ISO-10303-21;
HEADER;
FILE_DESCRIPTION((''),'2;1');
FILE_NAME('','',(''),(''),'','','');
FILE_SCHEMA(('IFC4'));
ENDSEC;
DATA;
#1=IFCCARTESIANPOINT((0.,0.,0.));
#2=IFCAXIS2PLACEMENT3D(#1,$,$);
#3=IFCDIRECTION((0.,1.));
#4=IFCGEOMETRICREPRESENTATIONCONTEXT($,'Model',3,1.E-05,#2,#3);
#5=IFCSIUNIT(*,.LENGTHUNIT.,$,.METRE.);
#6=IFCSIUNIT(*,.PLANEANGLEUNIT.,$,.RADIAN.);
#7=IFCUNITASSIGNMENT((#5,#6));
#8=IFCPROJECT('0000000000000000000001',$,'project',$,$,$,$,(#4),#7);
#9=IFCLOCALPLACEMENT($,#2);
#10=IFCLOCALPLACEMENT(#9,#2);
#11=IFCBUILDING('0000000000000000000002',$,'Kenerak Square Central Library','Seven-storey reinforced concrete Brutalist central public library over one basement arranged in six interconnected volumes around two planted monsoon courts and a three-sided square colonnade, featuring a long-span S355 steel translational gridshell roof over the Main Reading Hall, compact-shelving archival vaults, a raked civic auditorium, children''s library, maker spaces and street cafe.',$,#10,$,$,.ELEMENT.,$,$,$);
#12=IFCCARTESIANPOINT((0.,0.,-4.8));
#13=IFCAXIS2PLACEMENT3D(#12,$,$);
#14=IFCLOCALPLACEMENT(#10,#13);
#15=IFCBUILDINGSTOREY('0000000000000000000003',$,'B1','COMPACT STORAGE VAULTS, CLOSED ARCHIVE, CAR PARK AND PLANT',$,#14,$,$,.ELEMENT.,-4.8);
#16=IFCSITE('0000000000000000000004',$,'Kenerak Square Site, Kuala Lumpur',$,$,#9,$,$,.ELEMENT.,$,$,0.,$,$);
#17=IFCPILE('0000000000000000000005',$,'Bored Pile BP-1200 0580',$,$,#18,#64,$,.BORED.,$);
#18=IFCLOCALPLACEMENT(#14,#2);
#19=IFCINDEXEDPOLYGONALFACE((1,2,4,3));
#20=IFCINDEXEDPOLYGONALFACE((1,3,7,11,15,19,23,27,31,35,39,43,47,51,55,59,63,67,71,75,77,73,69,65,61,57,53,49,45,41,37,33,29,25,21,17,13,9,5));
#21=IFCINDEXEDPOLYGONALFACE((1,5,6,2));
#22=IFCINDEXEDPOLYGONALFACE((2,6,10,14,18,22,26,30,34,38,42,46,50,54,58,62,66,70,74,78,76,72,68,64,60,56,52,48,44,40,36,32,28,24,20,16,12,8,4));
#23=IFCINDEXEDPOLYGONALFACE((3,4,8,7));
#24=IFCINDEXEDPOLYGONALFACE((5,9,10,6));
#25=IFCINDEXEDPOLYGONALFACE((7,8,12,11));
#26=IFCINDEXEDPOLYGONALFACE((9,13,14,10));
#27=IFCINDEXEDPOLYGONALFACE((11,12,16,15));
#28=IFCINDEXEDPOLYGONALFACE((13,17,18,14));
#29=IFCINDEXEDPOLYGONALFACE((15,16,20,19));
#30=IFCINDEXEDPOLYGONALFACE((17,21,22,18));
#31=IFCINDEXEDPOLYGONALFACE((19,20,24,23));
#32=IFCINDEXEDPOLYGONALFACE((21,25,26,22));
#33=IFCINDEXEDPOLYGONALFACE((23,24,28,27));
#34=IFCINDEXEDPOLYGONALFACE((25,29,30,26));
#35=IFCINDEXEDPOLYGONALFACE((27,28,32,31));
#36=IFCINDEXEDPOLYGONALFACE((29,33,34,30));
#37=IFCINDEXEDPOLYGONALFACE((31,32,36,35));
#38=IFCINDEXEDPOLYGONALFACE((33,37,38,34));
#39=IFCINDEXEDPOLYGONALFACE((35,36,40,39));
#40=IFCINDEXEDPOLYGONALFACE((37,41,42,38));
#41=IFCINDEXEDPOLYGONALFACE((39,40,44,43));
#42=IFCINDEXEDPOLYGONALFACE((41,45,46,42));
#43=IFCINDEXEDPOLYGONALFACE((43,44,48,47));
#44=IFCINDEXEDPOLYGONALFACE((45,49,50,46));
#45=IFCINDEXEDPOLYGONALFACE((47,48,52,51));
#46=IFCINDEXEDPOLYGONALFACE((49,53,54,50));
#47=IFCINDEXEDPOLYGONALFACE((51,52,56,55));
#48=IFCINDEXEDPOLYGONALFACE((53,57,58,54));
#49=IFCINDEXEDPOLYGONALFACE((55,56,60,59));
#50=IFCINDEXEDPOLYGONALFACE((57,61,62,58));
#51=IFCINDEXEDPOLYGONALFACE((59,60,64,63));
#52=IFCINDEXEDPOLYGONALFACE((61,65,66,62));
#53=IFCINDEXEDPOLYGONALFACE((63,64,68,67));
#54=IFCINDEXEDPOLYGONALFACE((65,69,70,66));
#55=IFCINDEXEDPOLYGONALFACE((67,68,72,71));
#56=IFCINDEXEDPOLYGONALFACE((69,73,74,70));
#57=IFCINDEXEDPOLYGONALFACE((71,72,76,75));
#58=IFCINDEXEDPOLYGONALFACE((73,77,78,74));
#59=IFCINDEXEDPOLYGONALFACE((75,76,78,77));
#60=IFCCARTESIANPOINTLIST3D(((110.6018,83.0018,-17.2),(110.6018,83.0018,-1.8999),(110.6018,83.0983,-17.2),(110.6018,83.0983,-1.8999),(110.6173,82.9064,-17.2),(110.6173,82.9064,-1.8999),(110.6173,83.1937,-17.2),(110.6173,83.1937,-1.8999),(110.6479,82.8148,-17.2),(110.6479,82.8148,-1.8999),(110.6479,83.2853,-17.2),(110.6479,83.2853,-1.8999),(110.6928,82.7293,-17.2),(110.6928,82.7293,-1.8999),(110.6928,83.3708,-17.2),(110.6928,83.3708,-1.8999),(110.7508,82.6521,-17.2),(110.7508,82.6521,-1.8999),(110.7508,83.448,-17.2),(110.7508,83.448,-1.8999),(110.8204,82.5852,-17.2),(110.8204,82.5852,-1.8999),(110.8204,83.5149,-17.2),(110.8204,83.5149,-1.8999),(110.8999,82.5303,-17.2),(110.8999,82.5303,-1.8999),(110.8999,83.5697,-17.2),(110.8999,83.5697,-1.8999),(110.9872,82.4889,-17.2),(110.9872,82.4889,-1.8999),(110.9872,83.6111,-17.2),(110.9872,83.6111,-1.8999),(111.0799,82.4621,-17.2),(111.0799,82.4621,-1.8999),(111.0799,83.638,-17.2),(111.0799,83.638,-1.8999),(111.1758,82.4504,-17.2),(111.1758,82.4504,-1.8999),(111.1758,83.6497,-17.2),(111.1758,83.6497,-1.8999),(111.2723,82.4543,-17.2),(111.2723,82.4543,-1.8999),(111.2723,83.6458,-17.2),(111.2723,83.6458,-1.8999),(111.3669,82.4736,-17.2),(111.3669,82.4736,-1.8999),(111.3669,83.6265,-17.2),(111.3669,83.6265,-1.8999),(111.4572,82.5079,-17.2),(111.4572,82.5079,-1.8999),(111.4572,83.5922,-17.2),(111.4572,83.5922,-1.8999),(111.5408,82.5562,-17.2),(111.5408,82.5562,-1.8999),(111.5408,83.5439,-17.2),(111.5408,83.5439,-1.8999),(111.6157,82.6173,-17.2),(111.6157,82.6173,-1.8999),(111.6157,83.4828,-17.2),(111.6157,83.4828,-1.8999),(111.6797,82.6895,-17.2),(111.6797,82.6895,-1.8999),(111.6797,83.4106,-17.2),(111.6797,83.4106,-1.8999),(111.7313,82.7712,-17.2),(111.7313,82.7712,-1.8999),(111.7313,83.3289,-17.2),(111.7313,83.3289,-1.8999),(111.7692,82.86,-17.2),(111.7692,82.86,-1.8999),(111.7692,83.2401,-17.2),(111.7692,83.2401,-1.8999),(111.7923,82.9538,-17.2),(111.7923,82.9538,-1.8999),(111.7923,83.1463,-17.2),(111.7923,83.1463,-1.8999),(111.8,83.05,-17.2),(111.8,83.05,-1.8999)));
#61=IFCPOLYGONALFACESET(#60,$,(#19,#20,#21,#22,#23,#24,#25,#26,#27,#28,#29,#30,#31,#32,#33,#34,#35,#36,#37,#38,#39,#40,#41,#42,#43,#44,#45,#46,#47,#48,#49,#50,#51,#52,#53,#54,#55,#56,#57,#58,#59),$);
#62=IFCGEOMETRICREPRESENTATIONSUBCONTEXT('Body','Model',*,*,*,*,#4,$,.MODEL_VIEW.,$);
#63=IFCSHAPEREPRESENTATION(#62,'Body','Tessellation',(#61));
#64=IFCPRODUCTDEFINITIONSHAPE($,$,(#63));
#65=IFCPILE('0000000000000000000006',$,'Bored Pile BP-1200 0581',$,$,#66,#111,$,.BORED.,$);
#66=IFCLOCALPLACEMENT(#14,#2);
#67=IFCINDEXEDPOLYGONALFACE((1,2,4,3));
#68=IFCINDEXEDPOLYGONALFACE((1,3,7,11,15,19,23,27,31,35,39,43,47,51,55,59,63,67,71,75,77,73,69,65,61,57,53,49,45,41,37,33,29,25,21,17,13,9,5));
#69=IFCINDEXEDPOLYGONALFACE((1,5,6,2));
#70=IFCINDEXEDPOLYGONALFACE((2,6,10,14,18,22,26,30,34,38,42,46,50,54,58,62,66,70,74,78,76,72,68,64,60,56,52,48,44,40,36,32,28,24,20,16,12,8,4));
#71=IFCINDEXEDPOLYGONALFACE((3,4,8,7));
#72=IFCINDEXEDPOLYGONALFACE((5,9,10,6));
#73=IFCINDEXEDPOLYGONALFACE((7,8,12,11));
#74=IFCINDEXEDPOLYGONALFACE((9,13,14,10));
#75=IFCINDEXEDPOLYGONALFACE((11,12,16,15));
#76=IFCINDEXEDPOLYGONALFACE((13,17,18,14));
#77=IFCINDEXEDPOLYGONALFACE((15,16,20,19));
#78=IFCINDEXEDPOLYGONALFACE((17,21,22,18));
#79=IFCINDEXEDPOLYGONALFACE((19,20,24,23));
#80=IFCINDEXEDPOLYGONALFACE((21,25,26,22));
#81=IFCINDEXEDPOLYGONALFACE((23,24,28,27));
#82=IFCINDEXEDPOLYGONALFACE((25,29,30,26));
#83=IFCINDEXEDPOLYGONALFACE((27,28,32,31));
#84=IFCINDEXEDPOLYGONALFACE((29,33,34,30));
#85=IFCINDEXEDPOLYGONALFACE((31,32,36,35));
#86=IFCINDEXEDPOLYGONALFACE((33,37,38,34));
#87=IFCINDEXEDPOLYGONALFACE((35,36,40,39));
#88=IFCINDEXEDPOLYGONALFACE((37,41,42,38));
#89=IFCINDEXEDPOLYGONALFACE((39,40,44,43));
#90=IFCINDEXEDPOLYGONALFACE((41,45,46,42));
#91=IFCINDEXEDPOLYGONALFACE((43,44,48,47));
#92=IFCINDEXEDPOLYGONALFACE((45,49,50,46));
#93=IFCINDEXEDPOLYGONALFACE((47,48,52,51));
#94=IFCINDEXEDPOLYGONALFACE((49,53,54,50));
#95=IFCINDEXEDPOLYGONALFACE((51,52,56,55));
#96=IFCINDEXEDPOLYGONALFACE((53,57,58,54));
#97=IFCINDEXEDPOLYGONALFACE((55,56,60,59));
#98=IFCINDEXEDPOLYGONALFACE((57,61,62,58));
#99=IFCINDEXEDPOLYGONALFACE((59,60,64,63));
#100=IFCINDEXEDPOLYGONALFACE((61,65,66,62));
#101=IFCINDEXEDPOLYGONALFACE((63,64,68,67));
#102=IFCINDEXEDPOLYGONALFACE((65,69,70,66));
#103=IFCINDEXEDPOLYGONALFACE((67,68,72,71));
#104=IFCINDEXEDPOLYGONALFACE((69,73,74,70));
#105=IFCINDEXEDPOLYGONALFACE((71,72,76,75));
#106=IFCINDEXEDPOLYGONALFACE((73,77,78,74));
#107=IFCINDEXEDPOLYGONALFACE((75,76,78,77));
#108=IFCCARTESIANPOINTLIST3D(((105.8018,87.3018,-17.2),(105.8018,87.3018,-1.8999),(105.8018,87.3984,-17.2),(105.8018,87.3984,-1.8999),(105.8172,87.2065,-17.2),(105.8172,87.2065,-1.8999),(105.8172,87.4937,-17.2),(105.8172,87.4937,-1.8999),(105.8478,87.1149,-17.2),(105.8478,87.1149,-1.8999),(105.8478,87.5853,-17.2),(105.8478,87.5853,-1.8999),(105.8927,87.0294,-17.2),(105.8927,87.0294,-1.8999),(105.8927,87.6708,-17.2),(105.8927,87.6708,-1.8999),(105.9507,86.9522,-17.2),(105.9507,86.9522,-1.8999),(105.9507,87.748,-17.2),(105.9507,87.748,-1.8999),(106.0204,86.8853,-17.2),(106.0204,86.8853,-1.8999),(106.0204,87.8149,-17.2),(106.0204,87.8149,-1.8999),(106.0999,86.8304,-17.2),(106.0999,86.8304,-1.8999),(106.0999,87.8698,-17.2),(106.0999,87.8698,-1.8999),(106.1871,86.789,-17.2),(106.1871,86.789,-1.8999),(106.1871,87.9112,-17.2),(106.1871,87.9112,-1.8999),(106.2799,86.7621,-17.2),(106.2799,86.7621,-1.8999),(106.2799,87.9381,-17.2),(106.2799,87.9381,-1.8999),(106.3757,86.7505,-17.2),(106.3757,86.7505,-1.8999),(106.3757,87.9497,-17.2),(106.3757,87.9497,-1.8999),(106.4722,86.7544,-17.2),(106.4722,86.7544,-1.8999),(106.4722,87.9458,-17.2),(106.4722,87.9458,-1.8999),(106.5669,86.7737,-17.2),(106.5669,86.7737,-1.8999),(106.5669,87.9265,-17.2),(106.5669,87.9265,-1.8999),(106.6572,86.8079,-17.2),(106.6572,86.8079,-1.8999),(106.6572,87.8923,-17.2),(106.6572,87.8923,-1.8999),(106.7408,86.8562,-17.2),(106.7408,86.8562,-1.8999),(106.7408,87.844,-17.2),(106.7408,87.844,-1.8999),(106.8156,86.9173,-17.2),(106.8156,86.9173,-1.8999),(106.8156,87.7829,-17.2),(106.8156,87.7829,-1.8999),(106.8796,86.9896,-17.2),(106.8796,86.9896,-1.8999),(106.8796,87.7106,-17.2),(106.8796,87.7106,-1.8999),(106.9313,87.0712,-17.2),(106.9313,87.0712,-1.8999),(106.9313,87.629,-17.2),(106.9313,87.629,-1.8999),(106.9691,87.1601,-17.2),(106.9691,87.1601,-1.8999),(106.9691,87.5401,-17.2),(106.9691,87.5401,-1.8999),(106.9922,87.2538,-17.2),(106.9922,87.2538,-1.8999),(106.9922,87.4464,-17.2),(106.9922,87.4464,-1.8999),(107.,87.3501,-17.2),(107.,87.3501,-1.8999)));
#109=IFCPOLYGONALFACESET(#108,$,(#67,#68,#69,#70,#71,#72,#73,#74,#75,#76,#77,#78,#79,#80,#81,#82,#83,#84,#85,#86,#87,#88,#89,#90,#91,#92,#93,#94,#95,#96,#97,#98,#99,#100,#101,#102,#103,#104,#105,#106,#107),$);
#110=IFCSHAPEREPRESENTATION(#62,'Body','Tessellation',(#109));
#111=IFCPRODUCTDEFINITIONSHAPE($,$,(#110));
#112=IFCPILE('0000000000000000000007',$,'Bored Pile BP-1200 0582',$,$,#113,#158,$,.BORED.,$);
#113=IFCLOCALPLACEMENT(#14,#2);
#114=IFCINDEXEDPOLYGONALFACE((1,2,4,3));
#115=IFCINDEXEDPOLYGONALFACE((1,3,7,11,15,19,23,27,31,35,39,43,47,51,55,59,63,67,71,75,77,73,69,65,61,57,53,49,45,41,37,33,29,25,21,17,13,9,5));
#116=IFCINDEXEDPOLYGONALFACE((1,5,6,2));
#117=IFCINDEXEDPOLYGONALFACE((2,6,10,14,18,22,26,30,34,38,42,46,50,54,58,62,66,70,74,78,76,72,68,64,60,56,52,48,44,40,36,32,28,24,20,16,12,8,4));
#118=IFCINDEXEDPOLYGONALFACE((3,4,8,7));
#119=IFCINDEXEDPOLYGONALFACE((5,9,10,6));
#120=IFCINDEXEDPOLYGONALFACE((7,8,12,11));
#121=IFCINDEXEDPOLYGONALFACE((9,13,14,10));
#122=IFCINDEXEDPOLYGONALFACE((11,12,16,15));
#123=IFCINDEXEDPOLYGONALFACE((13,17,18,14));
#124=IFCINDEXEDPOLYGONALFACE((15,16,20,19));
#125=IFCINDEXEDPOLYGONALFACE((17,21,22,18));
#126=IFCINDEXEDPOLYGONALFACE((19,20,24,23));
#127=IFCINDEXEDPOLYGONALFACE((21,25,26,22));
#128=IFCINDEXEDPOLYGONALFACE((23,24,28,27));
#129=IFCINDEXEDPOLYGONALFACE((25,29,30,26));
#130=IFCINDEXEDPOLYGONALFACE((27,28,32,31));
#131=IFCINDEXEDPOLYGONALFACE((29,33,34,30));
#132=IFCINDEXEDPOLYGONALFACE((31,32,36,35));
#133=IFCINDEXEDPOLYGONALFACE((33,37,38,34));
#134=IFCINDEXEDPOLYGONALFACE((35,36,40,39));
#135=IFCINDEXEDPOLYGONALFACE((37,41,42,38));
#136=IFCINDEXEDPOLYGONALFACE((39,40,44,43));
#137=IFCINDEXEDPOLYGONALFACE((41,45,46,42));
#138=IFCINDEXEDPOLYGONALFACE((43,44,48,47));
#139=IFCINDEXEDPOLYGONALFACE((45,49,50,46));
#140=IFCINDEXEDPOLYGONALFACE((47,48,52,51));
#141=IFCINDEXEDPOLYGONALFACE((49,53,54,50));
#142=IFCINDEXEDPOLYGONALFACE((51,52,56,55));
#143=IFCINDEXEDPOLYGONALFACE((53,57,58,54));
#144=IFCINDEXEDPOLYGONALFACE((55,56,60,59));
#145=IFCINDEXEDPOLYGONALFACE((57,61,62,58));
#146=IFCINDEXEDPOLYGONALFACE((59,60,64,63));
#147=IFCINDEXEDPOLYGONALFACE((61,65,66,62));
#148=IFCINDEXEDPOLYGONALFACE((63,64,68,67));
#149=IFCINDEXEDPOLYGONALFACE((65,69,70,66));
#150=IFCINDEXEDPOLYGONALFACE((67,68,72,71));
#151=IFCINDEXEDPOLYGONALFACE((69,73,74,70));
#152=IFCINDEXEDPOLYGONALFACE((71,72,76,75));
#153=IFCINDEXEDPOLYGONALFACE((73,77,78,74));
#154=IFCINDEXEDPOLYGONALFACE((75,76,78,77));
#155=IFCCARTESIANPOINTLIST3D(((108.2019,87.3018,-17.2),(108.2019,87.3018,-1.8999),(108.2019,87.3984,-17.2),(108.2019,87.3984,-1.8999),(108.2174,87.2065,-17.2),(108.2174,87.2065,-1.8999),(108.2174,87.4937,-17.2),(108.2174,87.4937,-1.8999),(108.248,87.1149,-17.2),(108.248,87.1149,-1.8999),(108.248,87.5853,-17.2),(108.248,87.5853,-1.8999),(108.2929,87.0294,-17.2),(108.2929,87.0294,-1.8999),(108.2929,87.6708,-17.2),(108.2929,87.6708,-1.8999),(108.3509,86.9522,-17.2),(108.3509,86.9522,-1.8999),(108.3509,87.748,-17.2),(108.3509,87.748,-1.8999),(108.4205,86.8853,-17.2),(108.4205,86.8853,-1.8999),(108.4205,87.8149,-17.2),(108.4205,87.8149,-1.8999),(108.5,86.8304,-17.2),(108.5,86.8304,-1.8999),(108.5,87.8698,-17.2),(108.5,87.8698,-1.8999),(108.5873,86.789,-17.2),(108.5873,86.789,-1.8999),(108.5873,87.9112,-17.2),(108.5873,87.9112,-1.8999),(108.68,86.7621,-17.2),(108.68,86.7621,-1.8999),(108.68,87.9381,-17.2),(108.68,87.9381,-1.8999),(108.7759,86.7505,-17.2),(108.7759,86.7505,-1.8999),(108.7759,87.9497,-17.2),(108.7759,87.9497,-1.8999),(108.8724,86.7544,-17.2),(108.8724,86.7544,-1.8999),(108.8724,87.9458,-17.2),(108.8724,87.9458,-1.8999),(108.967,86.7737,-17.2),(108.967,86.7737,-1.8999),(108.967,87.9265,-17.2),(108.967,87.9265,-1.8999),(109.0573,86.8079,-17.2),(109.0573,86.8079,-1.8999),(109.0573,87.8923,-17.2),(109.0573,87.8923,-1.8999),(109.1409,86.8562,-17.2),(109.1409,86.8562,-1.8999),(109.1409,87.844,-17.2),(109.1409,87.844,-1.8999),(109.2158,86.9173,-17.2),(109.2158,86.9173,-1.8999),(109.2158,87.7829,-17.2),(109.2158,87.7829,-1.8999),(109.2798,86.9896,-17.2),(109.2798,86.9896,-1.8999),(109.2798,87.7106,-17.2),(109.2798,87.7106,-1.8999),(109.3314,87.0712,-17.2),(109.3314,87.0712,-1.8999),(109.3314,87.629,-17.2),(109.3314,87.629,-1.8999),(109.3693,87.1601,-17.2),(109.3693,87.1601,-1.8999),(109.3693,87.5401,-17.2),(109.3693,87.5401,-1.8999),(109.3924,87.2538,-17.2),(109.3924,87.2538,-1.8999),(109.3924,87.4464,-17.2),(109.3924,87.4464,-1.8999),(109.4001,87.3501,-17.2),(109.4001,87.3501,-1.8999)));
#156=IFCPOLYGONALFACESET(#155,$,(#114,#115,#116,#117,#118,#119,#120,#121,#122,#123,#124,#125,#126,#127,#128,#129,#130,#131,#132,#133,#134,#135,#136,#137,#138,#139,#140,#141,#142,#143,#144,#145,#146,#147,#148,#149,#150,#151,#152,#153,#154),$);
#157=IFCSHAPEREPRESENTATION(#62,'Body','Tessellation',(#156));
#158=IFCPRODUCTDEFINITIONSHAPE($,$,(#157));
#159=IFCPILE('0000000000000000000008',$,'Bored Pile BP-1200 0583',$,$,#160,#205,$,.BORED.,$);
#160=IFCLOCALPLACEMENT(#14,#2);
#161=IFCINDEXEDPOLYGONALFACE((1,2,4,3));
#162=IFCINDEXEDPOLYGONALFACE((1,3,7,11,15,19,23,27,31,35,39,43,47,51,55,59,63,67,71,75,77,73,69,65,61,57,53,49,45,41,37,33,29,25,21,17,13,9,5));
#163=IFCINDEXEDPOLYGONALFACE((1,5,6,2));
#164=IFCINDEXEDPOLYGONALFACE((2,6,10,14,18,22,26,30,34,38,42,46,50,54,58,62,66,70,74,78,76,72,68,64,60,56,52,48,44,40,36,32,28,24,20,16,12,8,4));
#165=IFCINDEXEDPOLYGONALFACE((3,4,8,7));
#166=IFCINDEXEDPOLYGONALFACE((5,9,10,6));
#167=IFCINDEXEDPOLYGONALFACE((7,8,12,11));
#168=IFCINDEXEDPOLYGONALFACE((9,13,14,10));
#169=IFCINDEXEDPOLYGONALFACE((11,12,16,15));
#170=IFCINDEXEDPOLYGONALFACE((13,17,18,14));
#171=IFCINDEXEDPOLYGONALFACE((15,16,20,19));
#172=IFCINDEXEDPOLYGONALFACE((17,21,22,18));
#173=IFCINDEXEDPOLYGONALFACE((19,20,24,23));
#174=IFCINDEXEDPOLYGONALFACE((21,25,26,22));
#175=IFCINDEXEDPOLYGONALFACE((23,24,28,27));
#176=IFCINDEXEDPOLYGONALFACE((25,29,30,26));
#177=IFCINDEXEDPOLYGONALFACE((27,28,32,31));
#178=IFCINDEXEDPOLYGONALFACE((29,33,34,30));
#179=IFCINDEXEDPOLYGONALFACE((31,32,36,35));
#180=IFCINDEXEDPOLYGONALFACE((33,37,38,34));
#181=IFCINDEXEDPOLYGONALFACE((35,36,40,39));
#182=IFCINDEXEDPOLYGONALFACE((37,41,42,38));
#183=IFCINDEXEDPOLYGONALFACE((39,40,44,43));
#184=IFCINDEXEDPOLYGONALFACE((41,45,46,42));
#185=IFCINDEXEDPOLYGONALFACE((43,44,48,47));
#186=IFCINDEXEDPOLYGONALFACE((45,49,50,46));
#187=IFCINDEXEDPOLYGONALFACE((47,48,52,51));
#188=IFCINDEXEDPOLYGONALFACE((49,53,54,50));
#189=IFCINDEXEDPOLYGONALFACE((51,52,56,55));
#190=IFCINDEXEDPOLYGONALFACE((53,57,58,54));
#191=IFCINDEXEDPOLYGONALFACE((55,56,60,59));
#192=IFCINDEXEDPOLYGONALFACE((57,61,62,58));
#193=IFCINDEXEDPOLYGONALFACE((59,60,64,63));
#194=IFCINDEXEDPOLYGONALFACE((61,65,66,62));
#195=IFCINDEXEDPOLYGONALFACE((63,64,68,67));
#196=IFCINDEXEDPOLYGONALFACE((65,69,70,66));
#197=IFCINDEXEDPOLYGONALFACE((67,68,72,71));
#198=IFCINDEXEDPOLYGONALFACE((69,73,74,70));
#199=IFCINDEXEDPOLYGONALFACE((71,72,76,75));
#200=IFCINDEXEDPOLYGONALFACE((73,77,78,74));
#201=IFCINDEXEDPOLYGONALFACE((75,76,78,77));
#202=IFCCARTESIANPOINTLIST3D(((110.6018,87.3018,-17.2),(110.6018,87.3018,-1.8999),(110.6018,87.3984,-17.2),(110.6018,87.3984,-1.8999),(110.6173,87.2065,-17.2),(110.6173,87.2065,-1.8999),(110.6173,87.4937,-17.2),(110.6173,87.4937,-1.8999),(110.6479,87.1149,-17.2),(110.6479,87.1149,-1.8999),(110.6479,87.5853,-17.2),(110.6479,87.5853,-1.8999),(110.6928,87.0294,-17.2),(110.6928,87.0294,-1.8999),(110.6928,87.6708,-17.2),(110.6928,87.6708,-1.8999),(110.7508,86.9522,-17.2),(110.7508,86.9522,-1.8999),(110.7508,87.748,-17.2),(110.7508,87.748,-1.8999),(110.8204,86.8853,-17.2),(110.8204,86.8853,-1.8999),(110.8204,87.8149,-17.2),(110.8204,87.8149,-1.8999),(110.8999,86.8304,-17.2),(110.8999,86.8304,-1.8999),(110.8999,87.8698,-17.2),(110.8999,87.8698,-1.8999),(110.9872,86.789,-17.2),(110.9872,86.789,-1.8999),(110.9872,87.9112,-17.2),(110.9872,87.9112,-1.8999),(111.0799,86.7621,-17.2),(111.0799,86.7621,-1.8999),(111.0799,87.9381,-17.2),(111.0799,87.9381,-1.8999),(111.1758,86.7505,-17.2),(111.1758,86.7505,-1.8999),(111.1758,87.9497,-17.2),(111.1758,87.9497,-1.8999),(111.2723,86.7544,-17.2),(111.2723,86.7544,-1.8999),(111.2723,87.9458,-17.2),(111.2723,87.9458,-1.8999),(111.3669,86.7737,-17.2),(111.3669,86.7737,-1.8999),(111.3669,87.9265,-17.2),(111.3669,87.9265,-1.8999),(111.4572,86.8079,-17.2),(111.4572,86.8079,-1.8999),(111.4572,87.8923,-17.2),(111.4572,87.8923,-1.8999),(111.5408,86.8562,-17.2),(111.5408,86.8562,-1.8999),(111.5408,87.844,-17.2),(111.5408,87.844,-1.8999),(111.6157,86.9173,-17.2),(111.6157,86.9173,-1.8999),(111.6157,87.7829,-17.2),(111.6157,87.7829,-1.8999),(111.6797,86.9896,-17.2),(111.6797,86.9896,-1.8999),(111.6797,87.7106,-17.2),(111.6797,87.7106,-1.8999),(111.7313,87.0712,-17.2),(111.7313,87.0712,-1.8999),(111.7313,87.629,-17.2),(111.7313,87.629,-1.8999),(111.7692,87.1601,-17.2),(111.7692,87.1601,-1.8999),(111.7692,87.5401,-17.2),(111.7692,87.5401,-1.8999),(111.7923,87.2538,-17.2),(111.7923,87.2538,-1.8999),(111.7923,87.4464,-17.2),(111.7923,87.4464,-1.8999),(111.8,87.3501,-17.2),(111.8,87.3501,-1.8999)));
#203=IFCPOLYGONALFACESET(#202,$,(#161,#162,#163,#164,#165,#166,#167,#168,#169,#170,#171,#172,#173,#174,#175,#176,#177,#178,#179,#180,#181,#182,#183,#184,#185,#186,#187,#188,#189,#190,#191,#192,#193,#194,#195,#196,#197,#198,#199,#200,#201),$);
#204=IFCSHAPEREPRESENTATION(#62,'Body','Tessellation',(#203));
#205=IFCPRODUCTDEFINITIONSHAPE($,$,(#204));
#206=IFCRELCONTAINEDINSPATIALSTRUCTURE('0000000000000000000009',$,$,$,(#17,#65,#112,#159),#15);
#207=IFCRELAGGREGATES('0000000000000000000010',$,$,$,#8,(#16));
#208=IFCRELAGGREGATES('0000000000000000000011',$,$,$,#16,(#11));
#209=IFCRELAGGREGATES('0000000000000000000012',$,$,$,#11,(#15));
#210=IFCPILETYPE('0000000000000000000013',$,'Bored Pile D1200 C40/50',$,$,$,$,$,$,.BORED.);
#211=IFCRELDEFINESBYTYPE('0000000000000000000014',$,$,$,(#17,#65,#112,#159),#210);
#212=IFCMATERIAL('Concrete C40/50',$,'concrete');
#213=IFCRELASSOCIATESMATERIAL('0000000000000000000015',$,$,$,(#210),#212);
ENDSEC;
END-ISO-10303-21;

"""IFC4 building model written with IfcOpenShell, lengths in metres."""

from ifc_helpers import new_model, si_unit, direction, frame, origin, origin_2d, place, context, subcontext, project, spatial, circle, extrude, material, material_profile, profile_set, type_object, element, save


model = new_model("IFC4")

# Units and contexts
model_context = context("Model", 3, precision=1e-05, world=origin(), true_north=direction((0.0, 1.0)))
body_context = subcontext(model_context, "Body", "Model", "MODEL_VIEW")
ifc_project = project(units=[si_unit("LENGTHUNIT", "METRE"), si_unit("PLANEANGLEUNIT", "RADIAN")], contexts=[model_context])

# Site, building, storey
site_placement = place(None, origin())
site = spatial("IfcSite", under=ifc_project, at=site_placement, Name="Kenerak Square Site, Kuala Lumpur", CompositionType="ELEMENT", RefElevation=0.0)
building_placement = place(site_placement, origin())
building = spatial("IfcBuilding", under=site, at=building_placement, Name="Kenerak Square Central Library", Description="Seven-storey reinforced concrete Brutalist central public library over one basement arranged in six interconnected volumes around two planted monsoon courts and a three-sided square colonnade, featuring a long-span S355 steel translational gridshell roof over the Main Reading Hall, compact-shelving archival vaults, a raked civic auditorium, children's library, maker spaces and street cafe.", CompositionType="ELEMENT")
storey_placement = place(building_placement, frame((0.0, 0.0, -4.8)))
storey = spatial("IfcBuildingStorey", under=building, at=storey_placement, Name="B1", Description="COMPACT STORAGE VAULTS, CLOSED ARCHIVE, CAR PARK AND PLANT", CompositionType="ELEMENT", Elevation=-4.8)

# Piles
ifc_material_1 = material(Name="Concrete C40/50", Category="concrete")
ifc_material_profile_1 = material_profile(ifc_material_1, circle(Radius=0.6001, at=origin_2d()), Name="BP D1200")
ifc_profile_set_1 = profile_set([ifc_material_profile_1], Name="Concrete C40/50")
pile_type = type_object("IfcPileType", Name="Bored Pile D1200 C40/50", PredefinedType="BORED", material=ifc_profile_set_1)
for number, where, z_axis, x_axis, name in (
    (1, (111.2, 83.05, -1.8999), (0.0, 0.0, -1.0), (1.0, 0.0, 0.0), "Bored Pile BP-1200 0580"),
    (2, (106.3999, 87.3501, -1.8999), (0.0, 0.0, -1.0), (1.0, 0.0, 0.0), "Bored Pile BP-1200 0581"),
    (3, (108.8, 87.3501, -1.8999), (0.0, 0.0, -1.0), (1.0, 0.0, 0.0), "Bored Pile BP-1200 0582"),
    (4, (111.2, 87.3501, -1.8999), (0.0, 0.0, -1.0), (1.0, 0.0, 0.0), "Bored Pile BP-1200 0583"),
):
    element("IfcPile", number, at=place(storey_placement, frame(where, z_axis=z_axis, x_axis=x_axis)), inside=storey, type_object=pile_type, Name=name, PredefinedType="BORED", context=body_context, shape_type="SweptSolid", body=[
        extrude(circle(Radius=0.6001, at=origin_2d()), origin(), (0.0, 0.0, 1.0), 15.3),
    ])

save(model, "model.ifc")
